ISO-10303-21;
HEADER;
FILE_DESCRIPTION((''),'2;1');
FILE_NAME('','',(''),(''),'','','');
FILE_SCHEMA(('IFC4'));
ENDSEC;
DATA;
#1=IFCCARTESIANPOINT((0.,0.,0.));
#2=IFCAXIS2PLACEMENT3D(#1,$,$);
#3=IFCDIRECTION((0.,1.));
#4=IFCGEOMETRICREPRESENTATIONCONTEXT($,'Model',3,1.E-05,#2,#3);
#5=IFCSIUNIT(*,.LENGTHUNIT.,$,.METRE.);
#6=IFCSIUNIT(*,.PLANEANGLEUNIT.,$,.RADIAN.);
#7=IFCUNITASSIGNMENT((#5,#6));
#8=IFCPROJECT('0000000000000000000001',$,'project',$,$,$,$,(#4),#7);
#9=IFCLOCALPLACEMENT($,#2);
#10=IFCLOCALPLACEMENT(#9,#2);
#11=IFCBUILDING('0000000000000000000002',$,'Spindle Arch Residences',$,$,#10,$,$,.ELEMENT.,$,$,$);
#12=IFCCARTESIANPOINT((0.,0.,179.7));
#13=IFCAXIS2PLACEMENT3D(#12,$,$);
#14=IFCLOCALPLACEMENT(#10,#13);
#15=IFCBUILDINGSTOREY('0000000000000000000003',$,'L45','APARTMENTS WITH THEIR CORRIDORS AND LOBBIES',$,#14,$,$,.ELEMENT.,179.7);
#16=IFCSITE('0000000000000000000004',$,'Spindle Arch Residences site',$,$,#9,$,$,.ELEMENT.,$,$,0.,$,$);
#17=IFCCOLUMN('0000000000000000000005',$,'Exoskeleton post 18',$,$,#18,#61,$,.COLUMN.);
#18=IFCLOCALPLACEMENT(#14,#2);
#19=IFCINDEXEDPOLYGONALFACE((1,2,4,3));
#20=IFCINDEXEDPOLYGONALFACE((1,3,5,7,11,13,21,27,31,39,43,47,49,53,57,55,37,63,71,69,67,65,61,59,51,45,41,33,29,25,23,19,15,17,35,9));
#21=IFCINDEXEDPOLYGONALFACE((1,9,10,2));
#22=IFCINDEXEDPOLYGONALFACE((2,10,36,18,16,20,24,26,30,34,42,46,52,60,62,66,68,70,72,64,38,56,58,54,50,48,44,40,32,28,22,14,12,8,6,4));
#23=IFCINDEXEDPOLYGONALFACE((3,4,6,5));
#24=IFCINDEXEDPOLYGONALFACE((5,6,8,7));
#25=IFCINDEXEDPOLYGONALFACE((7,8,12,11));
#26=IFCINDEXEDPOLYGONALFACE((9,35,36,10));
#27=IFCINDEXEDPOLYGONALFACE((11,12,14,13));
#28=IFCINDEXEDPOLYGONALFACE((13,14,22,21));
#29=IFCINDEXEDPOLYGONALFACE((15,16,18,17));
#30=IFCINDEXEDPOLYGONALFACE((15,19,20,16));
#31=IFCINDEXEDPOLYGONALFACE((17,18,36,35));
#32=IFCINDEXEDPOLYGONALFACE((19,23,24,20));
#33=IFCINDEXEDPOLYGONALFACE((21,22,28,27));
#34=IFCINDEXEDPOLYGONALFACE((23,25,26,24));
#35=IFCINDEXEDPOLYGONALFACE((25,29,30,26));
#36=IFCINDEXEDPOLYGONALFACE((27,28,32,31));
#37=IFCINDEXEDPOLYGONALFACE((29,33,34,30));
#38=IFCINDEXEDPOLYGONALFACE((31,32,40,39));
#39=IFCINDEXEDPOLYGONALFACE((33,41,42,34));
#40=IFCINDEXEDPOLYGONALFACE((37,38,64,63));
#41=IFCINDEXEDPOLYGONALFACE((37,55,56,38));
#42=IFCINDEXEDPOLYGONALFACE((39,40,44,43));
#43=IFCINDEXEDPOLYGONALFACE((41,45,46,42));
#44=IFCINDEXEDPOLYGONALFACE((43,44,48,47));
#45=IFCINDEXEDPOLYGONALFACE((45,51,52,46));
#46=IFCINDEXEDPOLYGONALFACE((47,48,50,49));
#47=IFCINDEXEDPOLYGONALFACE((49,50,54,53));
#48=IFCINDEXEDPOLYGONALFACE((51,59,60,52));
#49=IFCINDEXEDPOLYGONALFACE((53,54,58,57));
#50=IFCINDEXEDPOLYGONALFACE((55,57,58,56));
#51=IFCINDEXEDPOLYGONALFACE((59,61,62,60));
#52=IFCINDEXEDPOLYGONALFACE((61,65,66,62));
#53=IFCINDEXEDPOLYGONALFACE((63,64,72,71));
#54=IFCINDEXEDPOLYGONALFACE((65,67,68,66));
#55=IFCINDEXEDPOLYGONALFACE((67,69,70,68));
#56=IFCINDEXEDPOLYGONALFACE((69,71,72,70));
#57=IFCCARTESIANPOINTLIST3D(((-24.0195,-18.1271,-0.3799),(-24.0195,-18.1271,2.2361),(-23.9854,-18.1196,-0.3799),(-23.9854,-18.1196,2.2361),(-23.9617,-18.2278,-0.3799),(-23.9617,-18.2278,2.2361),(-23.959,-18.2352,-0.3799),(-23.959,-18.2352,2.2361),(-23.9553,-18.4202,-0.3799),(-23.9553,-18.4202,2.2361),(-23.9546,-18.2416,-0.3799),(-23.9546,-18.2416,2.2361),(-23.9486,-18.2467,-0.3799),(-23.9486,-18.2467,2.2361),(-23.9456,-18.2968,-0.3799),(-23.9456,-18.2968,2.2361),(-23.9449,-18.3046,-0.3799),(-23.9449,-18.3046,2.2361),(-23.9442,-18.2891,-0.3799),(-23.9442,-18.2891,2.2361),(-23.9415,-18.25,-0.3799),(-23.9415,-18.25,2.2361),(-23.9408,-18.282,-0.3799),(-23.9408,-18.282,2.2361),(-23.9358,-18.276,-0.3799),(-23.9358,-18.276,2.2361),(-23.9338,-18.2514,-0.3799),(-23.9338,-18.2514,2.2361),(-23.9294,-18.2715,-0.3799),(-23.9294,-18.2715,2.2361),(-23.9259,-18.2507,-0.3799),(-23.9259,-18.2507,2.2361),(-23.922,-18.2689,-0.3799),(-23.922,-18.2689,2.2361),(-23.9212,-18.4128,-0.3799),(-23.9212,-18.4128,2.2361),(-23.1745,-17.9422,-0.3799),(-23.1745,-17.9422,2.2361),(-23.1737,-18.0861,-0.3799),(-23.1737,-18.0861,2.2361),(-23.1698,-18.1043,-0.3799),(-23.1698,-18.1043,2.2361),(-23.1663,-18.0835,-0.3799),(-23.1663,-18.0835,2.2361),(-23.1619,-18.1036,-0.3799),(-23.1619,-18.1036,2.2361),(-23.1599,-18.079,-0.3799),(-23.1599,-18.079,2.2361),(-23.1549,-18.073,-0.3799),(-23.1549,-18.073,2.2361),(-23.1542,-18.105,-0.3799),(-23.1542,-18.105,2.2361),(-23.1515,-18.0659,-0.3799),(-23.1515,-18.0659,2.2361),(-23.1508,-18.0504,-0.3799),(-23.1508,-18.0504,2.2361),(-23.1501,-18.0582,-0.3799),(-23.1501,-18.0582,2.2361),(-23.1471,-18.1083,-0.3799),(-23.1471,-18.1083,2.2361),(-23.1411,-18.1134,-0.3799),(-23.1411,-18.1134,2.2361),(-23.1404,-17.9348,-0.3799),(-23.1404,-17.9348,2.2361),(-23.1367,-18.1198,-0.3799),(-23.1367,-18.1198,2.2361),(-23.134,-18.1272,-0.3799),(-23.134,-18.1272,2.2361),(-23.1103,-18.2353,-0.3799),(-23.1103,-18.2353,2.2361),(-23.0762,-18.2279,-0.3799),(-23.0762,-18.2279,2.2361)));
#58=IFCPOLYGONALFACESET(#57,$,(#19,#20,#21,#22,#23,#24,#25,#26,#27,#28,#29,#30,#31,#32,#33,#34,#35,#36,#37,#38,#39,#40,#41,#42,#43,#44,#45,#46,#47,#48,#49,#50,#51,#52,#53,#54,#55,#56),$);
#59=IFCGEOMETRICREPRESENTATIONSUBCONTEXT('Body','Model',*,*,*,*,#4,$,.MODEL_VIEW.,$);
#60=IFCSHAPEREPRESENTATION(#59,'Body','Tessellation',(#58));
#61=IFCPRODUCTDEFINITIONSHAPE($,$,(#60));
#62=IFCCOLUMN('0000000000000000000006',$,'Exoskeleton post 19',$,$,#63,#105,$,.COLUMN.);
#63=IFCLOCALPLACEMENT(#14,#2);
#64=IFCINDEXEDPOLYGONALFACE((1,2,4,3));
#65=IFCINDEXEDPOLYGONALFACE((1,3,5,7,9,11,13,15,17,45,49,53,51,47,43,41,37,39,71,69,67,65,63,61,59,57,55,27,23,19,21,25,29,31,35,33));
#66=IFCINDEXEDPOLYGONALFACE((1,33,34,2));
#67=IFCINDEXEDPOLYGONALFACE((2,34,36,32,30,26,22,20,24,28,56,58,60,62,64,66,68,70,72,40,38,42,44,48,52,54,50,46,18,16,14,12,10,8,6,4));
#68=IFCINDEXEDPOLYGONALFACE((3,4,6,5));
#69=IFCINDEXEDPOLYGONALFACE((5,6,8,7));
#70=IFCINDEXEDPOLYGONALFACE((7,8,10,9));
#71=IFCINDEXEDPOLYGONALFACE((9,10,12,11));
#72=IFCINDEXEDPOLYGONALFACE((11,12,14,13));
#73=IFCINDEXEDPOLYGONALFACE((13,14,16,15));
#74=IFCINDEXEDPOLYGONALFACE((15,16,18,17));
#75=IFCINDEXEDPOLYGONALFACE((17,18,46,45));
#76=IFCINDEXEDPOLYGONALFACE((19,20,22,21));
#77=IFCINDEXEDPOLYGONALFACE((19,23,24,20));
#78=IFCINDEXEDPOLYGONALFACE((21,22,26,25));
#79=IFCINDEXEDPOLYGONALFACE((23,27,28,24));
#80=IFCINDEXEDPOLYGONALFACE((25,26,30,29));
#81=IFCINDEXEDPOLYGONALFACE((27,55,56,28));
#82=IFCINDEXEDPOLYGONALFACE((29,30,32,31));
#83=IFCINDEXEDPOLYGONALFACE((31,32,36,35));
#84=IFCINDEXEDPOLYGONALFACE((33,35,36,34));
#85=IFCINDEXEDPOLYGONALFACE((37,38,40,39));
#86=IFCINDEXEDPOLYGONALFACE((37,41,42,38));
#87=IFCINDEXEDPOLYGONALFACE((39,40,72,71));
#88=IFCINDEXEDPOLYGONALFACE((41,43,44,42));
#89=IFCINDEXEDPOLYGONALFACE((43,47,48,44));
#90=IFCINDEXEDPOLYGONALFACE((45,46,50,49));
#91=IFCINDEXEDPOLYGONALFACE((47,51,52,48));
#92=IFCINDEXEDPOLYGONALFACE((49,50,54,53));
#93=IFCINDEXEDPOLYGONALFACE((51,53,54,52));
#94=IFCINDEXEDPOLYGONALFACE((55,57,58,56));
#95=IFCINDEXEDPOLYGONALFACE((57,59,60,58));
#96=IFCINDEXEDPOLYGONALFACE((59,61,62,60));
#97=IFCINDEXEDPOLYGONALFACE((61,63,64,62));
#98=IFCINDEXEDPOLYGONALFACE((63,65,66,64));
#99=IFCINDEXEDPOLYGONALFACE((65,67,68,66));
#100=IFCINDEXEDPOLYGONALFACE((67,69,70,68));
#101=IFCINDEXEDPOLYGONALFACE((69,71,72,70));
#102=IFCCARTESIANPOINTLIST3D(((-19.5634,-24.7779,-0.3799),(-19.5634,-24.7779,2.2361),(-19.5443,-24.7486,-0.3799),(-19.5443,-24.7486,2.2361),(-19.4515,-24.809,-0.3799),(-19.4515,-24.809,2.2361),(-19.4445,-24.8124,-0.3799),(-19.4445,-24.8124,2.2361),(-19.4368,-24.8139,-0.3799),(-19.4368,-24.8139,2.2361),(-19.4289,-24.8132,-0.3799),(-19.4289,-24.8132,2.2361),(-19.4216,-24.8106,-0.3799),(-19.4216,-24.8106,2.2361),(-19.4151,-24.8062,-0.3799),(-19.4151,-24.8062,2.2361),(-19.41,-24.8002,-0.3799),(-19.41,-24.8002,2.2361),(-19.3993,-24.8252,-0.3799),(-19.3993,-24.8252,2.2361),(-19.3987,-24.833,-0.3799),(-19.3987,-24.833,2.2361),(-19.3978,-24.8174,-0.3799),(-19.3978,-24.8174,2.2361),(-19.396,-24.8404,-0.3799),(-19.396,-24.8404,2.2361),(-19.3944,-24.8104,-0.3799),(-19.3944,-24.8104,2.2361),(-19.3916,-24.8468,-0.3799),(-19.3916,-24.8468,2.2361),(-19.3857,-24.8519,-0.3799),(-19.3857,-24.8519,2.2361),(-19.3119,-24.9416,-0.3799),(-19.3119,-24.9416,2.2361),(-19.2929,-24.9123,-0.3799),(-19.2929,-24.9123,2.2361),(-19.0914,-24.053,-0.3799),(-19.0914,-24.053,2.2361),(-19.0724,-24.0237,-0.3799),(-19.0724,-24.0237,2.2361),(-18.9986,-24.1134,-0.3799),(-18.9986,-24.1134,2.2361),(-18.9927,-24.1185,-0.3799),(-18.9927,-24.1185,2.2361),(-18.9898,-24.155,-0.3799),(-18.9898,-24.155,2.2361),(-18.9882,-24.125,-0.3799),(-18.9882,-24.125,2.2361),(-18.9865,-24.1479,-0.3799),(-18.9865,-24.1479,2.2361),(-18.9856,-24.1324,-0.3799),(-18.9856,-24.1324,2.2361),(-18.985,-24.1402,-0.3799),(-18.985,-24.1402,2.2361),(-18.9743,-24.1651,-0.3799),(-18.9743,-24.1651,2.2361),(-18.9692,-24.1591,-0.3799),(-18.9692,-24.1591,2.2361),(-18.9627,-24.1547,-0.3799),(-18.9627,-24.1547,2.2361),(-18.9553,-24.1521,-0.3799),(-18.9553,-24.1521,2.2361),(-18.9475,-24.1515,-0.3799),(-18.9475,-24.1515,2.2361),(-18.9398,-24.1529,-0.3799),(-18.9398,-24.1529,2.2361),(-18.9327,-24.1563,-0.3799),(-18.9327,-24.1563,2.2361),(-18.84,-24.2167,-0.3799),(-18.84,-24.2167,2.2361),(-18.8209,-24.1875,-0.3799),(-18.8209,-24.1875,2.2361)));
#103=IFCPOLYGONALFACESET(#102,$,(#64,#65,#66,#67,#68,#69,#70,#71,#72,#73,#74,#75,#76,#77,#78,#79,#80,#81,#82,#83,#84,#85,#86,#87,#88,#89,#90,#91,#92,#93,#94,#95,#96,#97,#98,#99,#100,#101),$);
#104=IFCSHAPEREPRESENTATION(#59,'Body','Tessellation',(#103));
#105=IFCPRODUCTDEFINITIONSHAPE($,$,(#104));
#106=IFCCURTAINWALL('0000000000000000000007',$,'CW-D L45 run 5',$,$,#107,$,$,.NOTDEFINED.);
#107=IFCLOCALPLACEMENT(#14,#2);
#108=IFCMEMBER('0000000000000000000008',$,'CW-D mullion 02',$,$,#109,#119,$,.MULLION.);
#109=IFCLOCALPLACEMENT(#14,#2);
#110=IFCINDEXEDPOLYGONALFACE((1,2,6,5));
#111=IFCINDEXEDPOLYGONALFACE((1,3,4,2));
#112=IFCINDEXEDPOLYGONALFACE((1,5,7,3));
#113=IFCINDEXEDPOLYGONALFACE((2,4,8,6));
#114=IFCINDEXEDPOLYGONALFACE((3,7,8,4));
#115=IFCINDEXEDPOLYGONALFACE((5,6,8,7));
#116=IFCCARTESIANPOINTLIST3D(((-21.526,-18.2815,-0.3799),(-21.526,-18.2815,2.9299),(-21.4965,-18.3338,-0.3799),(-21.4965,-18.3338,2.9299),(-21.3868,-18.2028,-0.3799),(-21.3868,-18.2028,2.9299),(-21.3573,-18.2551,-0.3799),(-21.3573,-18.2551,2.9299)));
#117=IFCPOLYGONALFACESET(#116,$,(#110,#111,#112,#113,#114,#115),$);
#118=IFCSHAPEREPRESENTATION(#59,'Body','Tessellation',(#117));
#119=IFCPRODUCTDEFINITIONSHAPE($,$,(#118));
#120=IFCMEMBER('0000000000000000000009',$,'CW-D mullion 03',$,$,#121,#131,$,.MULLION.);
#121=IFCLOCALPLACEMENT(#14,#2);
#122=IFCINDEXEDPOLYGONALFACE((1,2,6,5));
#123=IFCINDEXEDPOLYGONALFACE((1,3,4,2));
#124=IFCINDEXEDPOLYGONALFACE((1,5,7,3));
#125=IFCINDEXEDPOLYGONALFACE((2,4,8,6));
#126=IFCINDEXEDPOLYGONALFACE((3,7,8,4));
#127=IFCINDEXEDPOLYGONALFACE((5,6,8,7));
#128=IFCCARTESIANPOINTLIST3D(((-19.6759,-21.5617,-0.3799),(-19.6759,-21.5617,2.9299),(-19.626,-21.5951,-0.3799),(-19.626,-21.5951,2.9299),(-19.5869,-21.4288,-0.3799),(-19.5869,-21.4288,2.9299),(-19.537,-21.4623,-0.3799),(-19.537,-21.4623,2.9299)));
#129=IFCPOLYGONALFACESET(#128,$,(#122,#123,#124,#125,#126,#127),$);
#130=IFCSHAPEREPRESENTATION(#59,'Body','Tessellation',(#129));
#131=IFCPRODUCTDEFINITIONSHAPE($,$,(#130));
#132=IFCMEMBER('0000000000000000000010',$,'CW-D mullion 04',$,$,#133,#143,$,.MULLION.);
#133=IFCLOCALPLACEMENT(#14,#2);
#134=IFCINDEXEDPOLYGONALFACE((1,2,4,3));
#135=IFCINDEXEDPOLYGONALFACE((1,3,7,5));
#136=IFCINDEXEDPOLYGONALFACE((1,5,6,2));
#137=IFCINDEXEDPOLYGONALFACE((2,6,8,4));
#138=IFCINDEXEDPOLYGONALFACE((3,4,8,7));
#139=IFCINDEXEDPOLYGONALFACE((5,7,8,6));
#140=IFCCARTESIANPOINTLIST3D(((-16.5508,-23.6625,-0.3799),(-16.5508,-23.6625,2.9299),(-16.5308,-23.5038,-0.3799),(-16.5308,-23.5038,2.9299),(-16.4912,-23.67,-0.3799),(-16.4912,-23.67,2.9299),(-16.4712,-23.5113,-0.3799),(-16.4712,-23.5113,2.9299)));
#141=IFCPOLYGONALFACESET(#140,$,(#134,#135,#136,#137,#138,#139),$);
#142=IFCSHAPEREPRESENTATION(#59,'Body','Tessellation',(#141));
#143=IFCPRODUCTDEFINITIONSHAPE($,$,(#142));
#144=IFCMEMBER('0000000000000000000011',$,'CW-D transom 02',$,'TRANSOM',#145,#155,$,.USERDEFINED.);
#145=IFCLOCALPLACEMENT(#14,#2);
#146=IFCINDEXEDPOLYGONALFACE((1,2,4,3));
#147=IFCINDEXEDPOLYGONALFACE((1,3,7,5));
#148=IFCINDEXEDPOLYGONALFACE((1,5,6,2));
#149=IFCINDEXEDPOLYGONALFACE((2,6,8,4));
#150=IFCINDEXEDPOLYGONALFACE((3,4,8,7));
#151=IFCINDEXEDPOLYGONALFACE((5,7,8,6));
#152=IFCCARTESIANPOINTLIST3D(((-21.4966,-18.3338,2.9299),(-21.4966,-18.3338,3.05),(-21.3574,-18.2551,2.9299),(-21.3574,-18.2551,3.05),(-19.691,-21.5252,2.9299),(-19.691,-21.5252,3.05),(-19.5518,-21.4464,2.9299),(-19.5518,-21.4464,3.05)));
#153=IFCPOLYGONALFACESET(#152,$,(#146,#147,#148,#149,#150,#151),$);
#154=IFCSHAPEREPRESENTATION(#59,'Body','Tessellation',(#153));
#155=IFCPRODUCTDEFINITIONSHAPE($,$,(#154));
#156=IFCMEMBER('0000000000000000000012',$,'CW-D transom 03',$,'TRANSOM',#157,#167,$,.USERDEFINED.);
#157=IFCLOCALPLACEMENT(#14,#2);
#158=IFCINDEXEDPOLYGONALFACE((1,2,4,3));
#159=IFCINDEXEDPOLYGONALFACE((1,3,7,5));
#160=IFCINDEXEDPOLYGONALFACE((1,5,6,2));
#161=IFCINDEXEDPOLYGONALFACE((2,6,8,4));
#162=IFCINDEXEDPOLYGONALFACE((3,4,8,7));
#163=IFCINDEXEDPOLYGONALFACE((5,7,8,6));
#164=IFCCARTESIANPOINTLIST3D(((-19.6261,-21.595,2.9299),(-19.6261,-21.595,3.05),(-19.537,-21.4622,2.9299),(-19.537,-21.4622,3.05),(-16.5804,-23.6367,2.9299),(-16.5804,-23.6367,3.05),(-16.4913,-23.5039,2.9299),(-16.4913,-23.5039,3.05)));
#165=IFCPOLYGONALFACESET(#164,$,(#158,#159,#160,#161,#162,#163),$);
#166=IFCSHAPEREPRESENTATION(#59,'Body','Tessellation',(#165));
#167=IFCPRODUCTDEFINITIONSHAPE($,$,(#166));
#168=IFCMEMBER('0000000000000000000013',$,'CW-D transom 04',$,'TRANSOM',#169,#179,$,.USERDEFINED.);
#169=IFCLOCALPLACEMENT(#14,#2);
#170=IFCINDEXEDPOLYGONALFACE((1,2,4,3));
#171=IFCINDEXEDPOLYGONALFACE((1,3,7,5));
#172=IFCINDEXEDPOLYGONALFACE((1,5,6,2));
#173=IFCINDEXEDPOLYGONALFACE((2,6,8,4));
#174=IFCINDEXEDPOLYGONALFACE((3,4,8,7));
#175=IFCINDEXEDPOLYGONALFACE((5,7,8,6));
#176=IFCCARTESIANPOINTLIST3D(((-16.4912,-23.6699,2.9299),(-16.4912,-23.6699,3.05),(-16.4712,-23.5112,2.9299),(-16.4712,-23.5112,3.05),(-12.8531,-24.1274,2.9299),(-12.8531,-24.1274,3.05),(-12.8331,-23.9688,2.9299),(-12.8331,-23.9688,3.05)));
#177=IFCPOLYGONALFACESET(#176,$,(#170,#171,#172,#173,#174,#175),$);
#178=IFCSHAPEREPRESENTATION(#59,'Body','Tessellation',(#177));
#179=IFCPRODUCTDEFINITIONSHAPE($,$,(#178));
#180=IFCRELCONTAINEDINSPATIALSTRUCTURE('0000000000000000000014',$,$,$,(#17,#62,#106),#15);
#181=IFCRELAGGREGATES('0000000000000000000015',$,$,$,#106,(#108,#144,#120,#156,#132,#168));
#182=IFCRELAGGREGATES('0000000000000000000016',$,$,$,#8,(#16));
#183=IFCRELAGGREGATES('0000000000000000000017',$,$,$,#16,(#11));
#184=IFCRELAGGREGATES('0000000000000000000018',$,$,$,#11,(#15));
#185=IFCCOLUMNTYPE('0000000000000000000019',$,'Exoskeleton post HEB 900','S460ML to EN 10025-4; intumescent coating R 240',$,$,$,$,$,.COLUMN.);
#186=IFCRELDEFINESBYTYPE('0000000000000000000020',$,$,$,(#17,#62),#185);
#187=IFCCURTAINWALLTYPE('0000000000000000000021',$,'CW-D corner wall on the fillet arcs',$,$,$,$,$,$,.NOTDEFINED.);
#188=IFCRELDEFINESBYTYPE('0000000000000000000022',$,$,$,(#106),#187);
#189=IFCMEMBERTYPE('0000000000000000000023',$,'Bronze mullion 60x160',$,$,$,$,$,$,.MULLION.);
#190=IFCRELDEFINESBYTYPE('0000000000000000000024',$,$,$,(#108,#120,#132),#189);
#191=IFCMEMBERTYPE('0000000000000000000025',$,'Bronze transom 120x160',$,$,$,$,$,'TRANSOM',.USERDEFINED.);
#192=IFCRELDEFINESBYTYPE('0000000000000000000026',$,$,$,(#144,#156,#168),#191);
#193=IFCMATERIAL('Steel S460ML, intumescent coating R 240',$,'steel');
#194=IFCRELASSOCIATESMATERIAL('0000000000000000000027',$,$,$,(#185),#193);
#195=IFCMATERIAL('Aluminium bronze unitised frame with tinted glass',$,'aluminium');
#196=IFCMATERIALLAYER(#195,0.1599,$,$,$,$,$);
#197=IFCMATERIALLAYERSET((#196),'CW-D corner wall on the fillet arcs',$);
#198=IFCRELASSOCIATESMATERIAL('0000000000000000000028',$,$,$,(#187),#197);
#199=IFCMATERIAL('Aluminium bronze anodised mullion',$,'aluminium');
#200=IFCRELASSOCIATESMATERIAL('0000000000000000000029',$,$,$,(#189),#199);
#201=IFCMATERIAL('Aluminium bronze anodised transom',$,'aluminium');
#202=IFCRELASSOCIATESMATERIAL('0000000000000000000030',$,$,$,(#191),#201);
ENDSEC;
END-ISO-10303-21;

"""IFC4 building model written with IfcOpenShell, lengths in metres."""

from ifc_helpers import new_model, si_unit, direction, frame, origin, origin_2d, place, context, subcontext, project, spatial, rectangle, i_section, extrude, material, layer, layer_set, material_profile, profile_set, type_object, element, aggregate, save


model = new_model("IFC4")

# Units and contexts
model_context = context("Model", 3, precision=1e-05, world=origin(), true_north=direction((0.0, 1.0)))
body_context = subcontext(model_context, "Body", "Model", "MODEL_VIEW")
ifc_project = project(units=[si_unit("LENGTHUNIT", "METRE"), si_unit("PLANEANGLEUNIT", "RADIAN")], contexts=[model_context])

# Site, building, storey
site_placement = place(None, origin())
site = spatial("IfcSite", under=ifc_project, at=site_placement, Name="Spindle Arch Residences site", CompositionType="ELEMENT", RefElevation=0.0)
building_placement = place(site_placement, origin())
building = spatial("IfcBuilding", under=site, at=building_placement, Name="Spindle Arch Residences", CompositionType="ELEMENT")
storey_placement = place(building_placement, frame((0.0, 0.0, 179.7)))
storey = spatial("IfcBuildingStorey", under=building, at=storey_placement, Name="L45", Description="APARTMENTS WITH THEIR CORRIDORS AND LOBBIES", CompositionType="ELEMENT", Elevation=179.7)

# Columns
ifc_material_1 = material(Name="Steel S460ML, intumescent coating R 240", Category="steel")
ifc_material_profile_1 = material_profile(ifc_material_1, i_section(OverallWidth=0.3, OverallDepth=0.8999, WebThickness=0.0186, FlangeThickness=0.0349, FilletRadius=0.03, at=origin_2d()), Name="HEB 900")
ifc_profile_set_1 = profile_set([ifc_material_profile_1], Name="Steel S460ML, intumescent coating R 240")
column_type = type_object("IfcColumnType", Name="Exoskeleton post HEB 900", Description="S460ML to EN 10025-4; intumescent coating R 240", PredefinedType="COLUMN", material=ifc_profile_set_1)
for number, where, z_axis, x_axis, name in (
    (1, (-23.5479, -18.1775, -0.3799), (0.0, 0.0, 1.0), (-0.213754, 0.976887, 0.0), "Exoskeleton post 18"),
    (2, (-19.1921, -24.4827, -0.3799), (0.0, 0.0, 1.0), (-0.838019, 0.545641, 0.0), "Exoskeleton post 19"),
):
    element("IfcColumn", number, at=place(storey_placement, frame(where, z_axis=z_axis, x_axis=x_axis)), inside=storey, type_object=column_type, Name=name, PredefinedType="COLUMN", context=body_context, shape_type="SweptSolid", body=[
        extrude(i_section(OverallWidth=0.3, OverallDepth=0.8999, WebThickness=0.0186, FlangeThickness=0.0349, FilletRadius=0.03, at=origin_2d()), origin(), (0.0, 0.0, 1.0), 2.616),
    ])

# Curtain wall, members
ifc_material_2 = material(Name="Aluminium bronze unitised frame with tinted glass", Category="aluminium")
ifc_layer_1 = layer(ifc_material_2, 0.1599)
ifc_layer_set_1 = layer_set([ifc_layer_1], Name="CW-D corner wall on the fillet arcs")
curtain_wall_type = type_object("IfcCurtainWallType", Name="CW-D corner wall on the fillet arcs", PredefinedType="NOTDEFINED", material=ifc_layer_set_1)
curtain_wall_placement = place(storey_placement, origin())
curtain_wall = element("IfcCurtainWall", 3, at=curtain_wall_placement, inside=storey, type_object=curtain_wall_type, Name="CW-D L45 run 5", PredefinedType="NOTDEFINED")
ifc_material_3 = material(Name="Aluminium bronze anodised mullion", Category="aluminium")
ifc_material_profile_2 = material_profile(ifc_material_3, rectangle(XDim=0.1599, YDim=0.0601, at=origin_2d()), Name="MU 60x160")
ifc_profile_set_2 = profile_set([ifc_material_profile_2], Name="Aluminium bronze anodised mullion")
member_type_1 = type_object("IfcMemberType", Name="Bronze mullion 60x160", PredefinedType="MULLION", material=ifc_profile_set_2)
member_1_placement = place(storey_placement, frame((-21.4417, -18.2683, -0.3799), z_axis=(0.0, 0.0, 1.0), x_axis=(0.870356, 0.492424, 0.0)))
member_1 = element("IfcMember", 4, at=member_1_placement, type_object=member_type_1, Name="CW-D mullion 02", PredefinedType="MULLION", context=body_context, shape_type="SweptSolid", body=[
    extrude(rectangle(XDim=0.1599, YDim=0.0601, at=origin_2d()), origin(), (0.0, 0.0, 1.0), 3.3098),
])
member_2_placement = place(storey_placement, frame((-19.6064, -21.512, -0.3799), z_axis=(0.0, 0.0, 1.0), x_axis=(0.556779, 0.830661, 0.0)))
member_2 = element("IfcMember", 5, at=member_2_placement, type_object=member_type_1, Name="CW-D mullion 03", PredefinedType="MULLION", context=body_context, shape_type="SweptSolid", body=[
    extrude(rectangle(XDim=0.1599, YDim=0.0601, at=origin_2d()), origin(), (0.0, 0.0, 1.0), 3.3098),
])
member_3_placement = place(storey_placement, frame((-16.511, -23.5869, -0.3799), z_axis=(0.0, 0.0, 1.0), x_axis=(0.124756, 0.992187, 0.0)))
member_3 = element("IfcMember", 6, at=member_3_placement, type_object=member_type_1, Name="CW-D mullion 04", PredefinedType="MULLION", context=body_context, shape_type="SweptSolid", body=[
    extrude(rectangle(XDim=0.1599, YDim=0.0601, at=origin_2d()), origin(), (0.0, 0.0, 1.0), 3.3098),
])
ifc_material_4 = material(Name="Aluminium bronze anodised transom", Category="aluminium")
ifc_material_profile_3 = material_profile(ifc_material_4, rectangle(XDim=0.1599, YDim=0.1201, at=origin_2d()), Name="TR 120x160")
ifc_profile_set_3 = profile_set([ifc_material_profile_3], Name="Aluminium bronze anodised transom")
member_type_2 = type_object("IfcMemberType", Name="Bronze transom 120x160", ElementType="TRANSOM", PredefinedType="USERDEFINED", material=ifc_profile_set_3)
member_4_placement = place(storey_placement, frame((-21.427, -18.2944, 2.99), z_axis=(0.492435, -0.870349, 0.0), x_axis=(0.870349, 0.492435, 0.0)))
member_4 = element("IfcMember", 7, at=member_4_placement, type_object=member_type_2, Name="CW-D transom 02", ObjectType="TRANSOM", PredefinedType="USERDEFINED", context=body_context, shape_type="SweptSolid", body=[
    extrude(rectangle(XDim=0.1599, YDim=0.1201, at=origin_2d()), origin(), (0.0, 0.0, 1.0), 3.6667),
])
member_5_placement = place(storey_placement, frame((-19.5815, -21.5286, 2.99), z_axis=(0.830624, -0.556834, 0.0), x_axis=(0.556834, 0.830624, 0.0)))
member_5 = element("IfcMember", 8, at=member_5_placement, type_object=member_type_2, Name="CW-D transom 03", ObjectType="TRANSOM", PredefinedType="USERDEFINED", context=body_context, shape_type="SweptSolid", body=[
    extrude(rectangle(XDim=0.1599, YDim=0.1201, at=origin_2d()), origin(), (0.0, 0.0, 1.0), 3.6667),
])
member_6_placement = place(storey_placement, frame((-16.4812, -23.5906, 2.99), z_axis=(0.992185, -0.124772, 0.0), x_axis=(0.124772, 0.992185, 0.0)))
member_6 = element("IfcMember", 9, at=member_6_placement, type_object=member_type_2, Name="CW-D transom 04", ObjectType="TRANSOM", PredefinedType="USERDEFINED", context=body_context, shape_type="SweptSolid", body=[
    extrude(rectangle(XDim=0.1599, YDim=0.1201, at=origin_2d()), origin(), (0.0, 0.0, 1.0), 3.6667),
])

aggregate(curtain_wall, [member_1, member_4, member_2, member_5, member_3, member_6])

save(model, "model.ifc")
